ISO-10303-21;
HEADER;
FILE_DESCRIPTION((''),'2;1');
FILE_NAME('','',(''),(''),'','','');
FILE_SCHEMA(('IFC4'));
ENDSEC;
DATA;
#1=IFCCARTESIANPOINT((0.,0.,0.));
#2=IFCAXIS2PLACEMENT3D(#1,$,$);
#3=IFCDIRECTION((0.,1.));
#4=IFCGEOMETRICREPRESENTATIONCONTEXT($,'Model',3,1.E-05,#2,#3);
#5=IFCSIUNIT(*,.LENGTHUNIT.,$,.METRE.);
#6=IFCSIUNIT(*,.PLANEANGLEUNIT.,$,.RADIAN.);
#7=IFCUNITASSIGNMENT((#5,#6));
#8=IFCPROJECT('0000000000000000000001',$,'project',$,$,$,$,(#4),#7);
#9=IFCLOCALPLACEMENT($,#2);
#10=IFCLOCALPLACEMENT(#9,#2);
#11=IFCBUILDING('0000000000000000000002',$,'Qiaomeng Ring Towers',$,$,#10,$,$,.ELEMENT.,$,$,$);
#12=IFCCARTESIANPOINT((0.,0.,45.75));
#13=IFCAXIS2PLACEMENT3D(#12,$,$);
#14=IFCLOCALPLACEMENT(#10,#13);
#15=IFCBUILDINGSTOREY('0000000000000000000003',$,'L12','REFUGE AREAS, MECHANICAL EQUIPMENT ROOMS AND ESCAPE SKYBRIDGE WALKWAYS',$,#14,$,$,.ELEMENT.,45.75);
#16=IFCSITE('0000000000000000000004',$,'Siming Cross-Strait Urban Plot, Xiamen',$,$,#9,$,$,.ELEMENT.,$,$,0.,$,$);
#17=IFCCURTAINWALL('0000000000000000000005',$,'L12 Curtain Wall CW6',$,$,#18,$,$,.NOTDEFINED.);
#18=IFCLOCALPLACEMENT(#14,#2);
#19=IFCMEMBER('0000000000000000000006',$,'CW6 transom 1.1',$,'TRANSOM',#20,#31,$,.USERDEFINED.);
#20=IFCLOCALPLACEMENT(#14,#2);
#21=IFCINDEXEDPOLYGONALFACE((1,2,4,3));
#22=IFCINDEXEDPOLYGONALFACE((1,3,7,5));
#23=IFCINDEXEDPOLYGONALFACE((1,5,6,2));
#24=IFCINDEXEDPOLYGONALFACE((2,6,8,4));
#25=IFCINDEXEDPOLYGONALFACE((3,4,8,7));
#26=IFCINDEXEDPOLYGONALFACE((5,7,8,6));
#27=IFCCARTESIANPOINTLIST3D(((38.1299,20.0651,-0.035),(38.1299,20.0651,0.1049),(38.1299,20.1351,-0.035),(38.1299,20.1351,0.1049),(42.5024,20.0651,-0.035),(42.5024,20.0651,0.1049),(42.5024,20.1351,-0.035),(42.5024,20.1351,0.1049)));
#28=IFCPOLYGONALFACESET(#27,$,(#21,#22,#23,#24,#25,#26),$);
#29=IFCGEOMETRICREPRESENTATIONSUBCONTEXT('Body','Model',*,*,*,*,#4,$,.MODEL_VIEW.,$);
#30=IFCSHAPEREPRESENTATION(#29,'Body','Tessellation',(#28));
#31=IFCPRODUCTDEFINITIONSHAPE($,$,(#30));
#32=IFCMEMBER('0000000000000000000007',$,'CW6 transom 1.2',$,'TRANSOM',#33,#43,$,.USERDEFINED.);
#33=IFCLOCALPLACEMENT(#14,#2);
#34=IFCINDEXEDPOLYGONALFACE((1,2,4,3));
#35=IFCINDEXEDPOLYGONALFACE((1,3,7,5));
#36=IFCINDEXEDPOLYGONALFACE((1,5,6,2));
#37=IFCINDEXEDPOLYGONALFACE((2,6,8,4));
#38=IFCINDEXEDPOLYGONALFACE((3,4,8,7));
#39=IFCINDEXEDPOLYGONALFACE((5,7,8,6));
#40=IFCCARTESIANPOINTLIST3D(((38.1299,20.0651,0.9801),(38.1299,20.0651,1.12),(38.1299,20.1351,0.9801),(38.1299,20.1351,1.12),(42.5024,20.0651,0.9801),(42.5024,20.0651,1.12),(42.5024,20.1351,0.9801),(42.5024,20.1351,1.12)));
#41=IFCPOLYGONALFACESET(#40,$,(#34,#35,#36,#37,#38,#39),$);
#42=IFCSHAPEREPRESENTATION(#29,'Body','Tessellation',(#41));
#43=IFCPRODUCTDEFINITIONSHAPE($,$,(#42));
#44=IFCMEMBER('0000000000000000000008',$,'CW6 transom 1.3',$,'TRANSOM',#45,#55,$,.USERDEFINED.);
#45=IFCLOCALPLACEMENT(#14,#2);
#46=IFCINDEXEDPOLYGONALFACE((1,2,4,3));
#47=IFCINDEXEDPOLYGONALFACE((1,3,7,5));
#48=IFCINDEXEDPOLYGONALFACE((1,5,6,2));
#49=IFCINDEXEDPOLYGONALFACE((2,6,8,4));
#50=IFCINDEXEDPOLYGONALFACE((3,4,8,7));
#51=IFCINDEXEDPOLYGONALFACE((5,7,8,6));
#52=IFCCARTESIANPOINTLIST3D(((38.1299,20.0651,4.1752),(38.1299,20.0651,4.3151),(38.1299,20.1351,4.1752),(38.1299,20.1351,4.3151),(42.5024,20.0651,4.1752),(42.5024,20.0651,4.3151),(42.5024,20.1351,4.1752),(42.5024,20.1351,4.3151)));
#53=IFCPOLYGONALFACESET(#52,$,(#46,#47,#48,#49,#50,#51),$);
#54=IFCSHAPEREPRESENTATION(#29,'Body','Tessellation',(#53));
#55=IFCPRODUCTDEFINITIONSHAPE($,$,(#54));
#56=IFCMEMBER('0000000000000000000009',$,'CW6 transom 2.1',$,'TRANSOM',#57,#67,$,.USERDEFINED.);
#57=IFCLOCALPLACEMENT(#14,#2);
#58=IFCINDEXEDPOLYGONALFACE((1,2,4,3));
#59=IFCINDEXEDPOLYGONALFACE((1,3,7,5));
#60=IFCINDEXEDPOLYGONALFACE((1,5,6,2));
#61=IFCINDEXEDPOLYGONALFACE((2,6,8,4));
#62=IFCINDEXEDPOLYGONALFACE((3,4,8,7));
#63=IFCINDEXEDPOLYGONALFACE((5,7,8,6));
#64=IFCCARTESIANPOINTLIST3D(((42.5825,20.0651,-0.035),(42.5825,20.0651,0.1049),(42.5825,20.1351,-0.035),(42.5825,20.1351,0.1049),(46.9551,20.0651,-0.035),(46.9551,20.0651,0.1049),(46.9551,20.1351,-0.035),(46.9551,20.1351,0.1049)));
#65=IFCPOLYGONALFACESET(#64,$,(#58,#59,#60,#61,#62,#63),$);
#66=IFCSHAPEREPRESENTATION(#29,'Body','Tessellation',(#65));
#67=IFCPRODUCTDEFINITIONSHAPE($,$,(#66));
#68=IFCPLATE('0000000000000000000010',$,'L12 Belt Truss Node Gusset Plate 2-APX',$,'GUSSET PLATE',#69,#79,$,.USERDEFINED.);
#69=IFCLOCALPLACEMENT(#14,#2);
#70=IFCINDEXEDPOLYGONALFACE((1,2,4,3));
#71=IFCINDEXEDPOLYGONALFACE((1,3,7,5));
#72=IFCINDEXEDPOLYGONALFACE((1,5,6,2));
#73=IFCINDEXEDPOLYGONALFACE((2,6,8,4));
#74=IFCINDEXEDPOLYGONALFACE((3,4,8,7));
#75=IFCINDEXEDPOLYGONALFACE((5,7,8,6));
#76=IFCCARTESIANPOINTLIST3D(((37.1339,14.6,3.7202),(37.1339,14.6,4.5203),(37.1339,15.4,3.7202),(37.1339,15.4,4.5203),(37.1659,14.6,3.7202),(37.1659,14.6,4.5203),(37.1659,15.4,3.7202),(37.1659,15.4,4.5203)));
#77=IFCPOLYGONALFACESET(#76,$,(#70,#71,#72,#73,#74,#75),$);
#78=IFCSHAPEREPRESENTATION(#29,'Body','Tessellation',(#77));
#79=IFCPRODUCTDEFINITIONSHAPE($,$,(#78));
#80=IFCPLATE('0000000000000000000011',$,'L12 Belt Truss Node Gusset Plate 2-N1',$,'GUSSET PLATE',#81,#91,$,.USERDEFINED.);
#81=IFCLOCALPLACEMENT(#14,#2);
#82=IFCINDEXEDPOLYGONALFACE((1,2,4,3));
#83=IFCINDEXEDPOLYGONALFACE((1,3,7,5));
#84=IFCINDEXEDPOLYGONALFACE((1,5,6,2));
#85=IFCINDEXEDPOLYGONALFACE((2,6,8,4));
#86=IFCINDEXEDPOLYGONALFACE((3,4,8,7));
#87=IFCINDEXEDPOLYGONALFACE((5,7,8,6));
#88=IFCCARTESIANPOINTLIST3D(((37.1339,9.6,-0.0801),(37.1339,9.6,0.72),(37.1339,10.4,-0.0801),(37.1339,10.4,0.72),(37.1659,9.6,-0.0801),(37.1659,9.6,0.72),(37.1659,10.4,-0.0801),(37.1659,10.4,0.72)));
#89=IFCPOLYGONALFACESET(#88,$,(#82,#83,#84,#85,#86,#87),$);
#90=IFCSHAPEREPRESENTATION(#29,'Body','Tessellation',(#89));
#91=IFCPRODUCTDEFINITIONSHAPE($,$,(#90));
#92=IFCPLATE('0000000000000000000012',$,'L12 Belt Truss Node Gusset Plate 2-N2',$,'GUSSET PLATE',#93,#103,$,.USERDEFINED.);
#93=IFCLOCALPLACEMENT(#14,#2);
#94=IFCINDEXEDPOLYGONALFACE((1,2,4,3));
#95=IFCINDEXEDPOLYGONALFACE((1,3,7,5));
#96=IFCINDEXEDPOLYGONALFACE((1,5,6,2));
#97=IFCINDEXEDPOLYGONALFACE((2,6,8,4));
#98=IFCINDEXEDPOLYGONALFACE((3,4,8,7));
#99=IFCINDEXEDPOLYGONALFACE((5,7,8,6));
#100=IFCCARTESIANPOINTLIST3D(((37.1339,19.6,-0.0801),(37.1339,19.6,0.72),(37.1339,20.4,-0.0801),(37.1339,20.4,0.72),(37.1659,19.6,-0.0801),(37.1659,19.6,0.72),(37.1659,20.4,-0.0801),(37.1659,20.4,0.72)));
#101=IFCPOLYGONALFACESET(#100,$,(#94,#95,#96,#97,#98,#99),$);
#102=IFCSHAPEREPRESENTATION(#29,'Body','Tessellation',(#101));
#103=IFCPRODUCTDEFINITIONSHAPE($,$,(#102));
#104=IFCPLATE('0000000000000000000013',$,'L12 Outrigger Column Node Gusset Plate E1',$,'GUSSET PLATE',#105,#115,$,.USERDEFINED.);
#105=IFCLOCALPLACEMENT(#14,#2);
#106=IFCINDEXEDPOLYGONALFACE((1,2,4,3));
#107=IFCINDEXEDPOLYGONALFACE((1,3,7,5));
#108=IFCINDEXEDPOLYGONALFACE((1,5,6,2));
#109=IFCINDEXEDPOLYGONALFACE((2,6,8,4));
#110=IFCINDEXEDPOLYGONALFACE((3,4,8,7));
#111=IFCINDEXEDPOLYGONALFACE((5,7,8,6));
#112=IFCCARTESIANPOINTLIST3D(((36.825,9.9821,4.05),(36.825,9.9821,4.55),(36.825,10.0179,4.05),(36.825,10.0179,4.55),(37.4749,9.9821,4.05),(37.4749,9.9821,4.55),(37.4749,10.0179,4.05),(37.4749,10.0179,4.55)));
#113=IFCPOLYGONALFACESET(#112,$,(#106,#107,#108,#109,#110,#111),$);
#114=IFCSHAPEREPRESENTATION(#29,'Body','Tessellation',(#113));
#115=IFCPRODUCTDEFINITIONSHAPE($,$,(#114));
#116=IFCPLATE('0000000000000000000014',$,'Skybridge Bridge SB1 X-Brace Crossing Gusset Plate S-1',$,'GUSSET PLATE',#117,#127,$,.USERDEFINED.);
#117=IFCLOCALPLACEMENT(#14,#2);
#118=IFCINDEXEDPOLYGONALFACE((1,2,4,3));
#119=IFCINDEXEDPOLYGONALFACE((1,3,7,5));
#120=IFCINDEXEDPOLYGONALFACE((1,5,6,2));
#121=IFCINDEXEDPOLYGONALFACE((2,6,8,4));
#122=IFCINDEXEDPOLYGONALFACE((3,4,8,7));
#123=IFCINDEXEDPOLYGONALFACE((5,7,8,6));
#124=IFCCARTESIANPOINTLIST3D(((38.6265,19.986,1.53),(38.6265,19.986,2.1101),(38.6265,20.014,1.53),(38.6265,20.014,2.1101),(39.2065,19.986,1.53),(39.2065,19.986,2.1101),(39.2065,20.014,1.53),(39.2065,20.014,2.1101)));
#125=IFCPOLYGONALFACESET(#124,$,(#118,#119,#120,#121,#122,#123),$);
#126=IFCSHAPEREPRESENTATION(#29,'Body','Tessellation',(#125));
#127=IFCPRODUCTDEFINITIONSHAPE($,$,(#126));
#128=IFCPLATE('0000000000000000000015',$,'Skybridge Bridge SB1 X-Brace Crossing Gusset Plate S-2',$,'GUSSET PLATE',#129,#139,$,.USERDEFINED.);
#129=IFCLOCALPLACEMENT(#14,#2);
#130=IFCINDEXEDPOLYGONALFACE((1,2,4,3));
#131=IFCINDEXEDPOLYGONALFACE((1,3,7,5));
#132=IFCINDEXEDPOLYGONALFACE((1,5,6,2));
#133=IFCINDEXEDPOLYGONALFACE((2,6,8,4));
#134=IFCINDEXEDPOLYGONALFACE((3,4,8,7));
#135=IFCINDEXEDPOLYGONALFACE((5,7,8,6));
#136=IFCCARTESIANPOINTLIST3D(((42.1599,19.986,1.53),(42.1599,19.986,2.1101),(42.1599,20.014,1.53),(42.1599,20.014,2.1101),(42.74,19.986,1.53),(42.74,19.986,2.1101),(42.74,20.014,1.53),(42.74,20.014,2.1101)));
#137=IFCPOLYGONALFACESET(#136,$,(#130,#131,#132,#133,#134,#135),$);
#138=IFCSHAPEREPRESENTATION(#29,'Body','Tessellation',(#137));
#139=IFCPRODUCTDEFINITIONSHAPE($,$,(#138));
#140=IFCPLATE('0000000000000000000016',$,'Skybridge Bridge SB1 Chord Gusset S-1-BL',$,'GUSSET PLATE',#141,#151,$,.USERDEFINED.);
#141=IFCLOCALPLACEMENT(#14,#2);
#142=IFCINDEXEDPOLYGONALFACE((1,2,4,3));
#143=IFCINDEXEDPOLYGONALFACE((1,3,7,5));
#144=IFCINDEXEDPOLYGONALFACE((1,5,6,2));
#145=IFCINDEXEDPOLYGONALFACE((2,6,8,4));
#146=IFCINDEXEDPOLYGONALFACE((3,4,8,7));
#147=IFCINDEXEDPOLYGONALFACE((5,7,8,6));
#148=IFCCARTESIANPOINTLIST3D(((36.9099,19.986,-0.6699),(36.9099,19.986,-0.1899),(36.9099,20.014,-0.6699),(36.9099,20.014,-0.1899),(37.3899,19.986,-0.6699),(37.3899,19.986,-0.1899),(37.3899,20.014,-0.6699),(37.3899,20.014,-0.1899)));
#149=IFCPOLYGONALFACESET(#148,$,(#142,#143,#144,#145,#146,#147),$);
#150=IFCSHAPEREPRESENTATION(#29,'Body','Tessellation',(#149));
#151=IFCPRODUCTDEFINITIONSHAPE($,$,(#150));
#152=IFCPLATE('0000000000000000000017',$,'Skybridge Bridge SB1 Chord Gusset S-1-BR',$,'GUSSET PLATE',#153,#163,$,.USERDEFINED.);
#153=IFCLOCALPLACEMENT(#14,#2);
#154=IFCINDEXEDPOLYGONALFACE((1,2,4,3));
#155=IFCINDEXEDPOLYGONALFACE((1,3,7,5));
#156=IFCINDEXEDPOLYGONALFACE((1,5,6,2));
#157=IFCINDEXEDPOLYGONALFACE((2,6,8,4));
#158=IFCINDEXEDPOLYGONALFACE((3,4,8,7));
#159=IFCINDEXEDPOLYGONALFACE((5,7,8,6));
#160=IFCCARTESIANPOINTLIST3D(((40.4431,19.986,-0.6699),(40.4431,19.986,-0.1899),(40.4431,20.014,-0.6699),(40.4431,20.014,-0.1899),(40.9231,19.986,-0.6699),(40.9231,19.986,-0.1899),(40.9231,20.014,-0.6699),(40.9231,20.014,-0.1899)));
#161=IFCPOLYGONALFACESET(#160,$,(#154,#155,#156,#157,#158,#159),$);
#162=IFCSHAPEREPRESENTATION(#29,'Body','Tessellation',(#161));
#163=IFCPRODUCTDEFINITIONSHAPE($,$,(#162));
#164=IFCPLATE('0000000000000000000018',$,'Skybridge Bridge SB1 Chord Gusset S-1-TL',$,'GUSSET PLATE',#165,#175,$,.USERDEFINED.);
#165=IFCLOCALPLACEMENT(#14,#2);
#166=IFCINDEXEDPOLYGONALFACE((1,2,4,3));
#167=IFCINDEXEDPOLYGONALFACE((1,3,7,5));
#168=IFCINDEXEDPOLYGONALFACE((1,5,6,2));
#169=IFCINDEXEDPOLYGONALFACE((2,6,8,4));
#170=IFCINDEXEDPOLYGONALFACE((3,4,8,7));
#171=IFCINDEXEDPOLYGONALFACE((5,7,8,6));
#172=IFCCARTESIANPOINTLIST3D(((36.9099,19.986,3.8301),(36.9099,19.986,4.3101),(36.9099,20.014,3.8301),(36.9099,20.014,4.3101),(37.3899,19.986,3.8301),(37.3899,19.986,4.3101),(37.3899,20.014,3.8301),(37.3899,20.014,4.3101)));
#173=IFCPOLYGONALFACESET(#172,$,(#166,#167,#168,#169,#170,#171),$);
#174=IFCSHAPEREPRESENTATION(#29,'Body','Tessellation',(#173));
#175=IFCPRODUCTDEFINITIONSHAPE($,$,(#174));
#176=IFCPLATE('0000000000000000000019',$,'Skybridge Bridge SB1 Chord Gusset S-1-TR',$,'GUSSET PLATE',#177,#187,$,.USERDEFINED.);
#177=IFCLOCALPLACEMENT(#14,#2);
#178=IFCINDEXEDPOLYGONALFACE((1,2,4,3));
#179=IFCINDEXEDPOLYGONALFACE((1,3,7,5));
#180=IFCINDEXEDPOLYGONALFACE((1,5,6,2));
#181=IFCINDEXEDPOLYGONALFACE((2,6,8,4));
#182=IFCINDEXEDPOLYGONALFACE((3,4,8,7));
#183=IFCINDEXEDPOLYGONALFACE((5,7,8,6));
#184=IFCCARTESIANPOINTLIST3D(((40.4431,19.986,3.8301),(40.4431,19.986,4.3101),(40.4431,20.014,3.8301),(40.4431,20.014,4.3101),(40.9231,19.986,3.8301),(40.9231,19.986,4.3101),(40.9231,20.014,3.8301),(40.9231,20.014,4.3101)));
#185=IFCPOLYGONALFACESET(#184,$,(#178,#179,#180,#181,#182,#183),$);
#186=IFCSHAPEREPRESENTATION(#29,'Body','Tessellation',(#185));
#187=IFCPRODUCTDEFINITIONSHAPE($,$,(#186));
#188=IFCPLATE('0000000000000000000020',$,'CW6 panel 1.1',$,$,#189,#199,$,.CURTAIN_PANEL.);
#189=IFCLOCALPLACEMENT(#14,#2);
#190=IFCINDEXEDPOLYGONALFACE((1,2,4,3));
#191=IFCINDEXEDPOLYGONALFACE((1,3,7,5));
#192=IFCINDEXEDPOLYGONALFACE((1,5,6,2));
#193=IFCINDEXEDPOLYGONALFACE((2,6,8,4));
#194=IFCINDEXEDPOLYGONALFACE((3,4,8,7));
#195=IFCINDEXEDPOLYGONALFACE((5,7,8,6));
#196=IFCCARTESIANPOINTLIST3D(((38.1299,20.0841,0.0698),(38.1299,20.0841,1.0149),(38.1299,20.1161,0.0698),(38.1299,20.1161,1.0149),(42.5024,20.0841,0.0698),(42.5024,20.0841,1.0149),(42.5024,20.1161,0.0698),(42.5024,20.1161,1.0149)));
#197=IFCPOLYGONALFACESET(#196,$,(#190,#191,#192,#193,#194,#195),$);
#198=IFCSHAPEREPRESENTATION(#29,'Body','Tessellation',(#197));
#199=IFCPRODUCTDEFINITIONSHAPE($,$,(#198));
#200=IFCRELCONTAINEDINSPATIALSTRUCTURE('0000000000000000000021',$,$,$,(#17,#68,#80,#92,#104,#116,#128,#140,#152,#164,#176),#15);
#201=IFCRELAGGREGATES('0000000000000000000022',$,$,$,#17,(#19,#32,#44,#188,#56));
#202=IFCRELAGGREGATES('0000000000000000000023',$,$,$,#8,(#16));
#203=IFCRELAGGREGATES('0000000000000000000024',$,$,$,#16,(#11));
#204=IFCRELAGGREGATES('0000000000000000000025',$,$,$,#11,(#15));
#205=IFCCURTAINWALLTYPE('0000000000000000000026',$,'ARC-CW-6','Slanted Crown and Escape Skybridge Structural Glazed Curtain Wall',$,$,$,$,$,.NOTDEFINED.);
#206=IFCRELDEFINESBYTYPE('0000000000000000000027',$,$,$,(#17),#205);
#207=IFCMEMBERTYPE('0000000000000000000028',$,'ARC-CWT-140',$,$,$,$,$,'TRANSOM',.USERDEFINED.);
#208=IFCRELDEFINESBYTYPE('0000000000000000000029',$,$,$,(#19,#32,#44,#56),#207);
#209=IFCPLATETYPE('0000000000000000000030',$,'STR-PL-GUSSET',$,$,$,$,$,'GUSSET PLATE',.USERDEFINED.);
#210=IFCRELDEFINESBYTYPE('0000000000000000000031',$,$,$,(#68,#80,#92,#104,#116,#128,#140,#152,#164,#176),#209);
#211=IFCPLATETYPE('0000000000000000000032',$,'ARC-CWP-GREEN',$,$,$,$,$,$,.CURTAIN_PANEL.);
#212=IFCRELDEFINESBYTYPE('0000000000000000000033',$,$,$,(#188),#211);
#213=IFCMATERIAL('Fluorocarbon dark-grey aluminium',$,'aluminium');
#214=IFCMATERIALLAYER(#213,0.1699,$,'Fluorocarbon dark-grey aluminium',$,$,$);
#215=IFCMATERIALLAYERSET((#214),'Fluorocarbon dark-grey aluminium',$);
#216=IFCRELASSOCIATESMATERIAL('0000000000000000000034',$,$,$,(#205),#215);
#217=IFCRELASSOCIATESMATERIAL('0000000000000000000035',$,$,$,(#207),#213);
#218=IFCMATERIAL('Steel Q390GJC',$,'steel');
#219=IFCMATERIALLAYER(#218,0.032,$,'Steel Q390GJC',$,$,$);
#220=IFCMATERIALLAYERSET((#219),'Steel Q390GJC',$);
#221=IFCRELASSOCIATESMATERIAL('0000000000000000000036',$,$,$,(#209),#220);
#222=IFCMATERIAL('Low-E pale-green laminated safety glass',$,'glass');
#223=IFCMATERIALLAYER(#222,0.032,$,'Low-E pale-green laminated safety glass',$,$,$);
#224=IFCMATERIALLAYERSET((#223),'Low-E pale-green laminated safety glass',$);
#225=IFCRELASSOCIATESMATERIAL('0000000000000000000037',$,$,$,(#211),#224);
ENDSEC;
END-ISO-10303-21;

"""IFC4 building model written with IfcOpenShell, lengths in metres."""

from ifc_helpers import new_model, si_unit, direction, frame, origin, origin_2d, place, context, subcontext, project, spatial, rectangle, extrude, source, transform, mapped, material, layer, layer_set, material_profile, profile_set, type_object, element, aggregate, save


model = new_model("IFC4")

# Units and contexts
model_context = context("Model", 3, precision=1e-05, world=origin(), true_north=direction((0.0, 1.0)))
body_context = subcontext(model_context, "Body", "Model", "MODEL_VIEW")
ifc_project = project(units=[si_unit("LENGTHUNIT", "METRE"), si_unit("PLANEANGLEUNIT", "RADIAN")], contexts=[model_context])

# Site, building, storey
site_placement = place(None, origin())
site = spatial("IfcSite", under=ifc_project, at=site_placement, Name="Siming Cross-Strait Urban Plot, Xiamen", CompositionType="ELEMENT", RefElevation=0.0)
building_placement = place(site_placement, origin())
building = spatial("IfcBuilding", under=site, at=building_placement, Name="Qiaomeng Ring Towers", CompositionType="ELEMENT")
storey_placement = place(building_placement, frame((0.0, 0.0, 45.75)))
storey = spatial("IfcBuildingStorey", under=building, at=storey_placement, Name="L12", Description="REFUGE AREAS, MECHANICAL EQUIPMENT ROOMS AND ESCAPE SKYBRIDGE WALKWAYS", CompositionType="ELEMENT", Elevation=45.75)

# Shared definitions
ifc_material_1 = material(Name="Steel Q390GJC", Category="steel")

# Curtain wall, members
ifc_material_2 = material(Name="Fluorocarbon dark-grey aluminium", Category="aluminium")
ifc_layer_1 = layer(ifc_material_2, 0.1699, Name="Fluorocarbon dark-grey aluminium")
ifc_layer_set_1 = layer_set([ifc_layer_1], Name="Fluorocarbon dark-grey aluminium")
curtain_wall_type = type_object("IfcCurtainWallType", Name="ARC-CW-6", Description="Slanted Crown and Escape Skybridge Structural Glazed Curtain Wall", PredefinedType="NOTDEFINED", material=ifc_layer_set_1)
curtain_wall_placement = place(storey_placement, origin())
curtain_wall = element("IfcCurtainWall", 1, at=curtain_wall_placement, inside=storey, type_object=curtain_wall_type, Name="L12 Curtain Wall CW6", PredefinedType="NOTDEFINED")
ifc_material_profile_1 = material_profile(ifc_material_2, rectangle(XDim=0.0701, YDim=0.1399, at=origin_2d()), Name="ALU TRAN 70x140")
ifc_profile_set_1 = profile_set([ifc_material_profile_1], Name="Fluorocarbon dark-grey aluminium")
member_type_1 = type_object("IfcMemberType", Name="ARC-CWT-140", ElementType="TRANSOM", PredefinedType="USERDEFINED", material=ifc_profile_set_1)
shared_shape_1 = source(origin(), body_context, "Body", "SweptSolid", [
    extrude(rectangle(XDim=0.0701, YDim=0.1399, at=origin_2d()), origin(), (0.0, 0.0, 1.0), 4.3726),
])
member_1_placement = place(storey_placement, frame((38.1299, 20.1001, 0.0349), z_axis=(1.0, 0.0, 0.0), x_axis=(0.0, 1.0, 0.0)))
member_1 = element("IfcMember", 2, at=member_1_placement, type_object=member_type_1, Name="CW6 transom 1.1", ObjectType="TRANSOM", PredefinedType="USERDEFINED", context=body_context, shape_type="MappedRepresentation", body=[
    mapped(shared_shape_1, transform((0.0, 0.0, 0.0), x_axis=(1.0, 0.0, 0.0), y_axis=(0.0, 1.0, 0.0), z_axis=(0.0, 0.0, 1.0), scale=1.0)),
])
member_2_placement = place(storey_placement, frame((38.1299, 20.1001, 1.05), z_axis=(1.0, 0.0, 0.0), x_axis=(0.0, 1.0, 0.0)))
member_2 = element("IfcMember", 3, at=member_2_placement, type_object=member_type_1, Name="CW6 transom 1.2", ObjectType="TRANSOM", PredefinedType="USERDEFINED", context=body_context, shape_type="MappedRepresentation", body=[
    mapped(shared_shape_1, transform((0.0, 0.0, 0.0), x_axis=(1.0, 0.0, 0.0), y_axis=(0.0, 1.0, 0.0), z_axis=(0.0, 0.0, 1.0), scale=1.0)),
])
member_3_placement = place(storey_placement, frame((38.1299, 20.1001, 4.2451), z_axis=(1.0, 0.0, 0.0), x_axis=(0.0, 1.0, 0.0)))
member_3 = element("IfcMember", 4, at=member_3_placement, type_object=member_type_1, Name="CW6 transom 1.3", ObjectType="TRANSOM", PredefinedType="USERDEFINED", context=body_context, shape_type="MappedRepresentation", body=[
    mapped(shared_shape_1, transform((0.0, 0.0, 0.0), x_axis=(1.0, 0.0, 0.0), y_axis=(0.0, 1.0, 0.0), z_axis=(0.0, 0.0, 1.0), scale=1.0)),
])
member_4_placement = place(storey_placement, frame((42.5825, 20.1001, 0.0349), z_axis=(1.0, 0.0, 0.0), x_axis=(0.0, 1.0, 0.0)))
member_4 = element("IfcMember", 5, at=member_4_placement, type_object=member_type_1, Name="CW6 transom 2.1", ObjectType="TRANSOM", PredefinedType="USERDEFINED", context=body_context, shape_type="MappedRepresentation", body=[
    mapped(shared_shape_1, transform((0.0, 0.0, 0.0), x_axis=(1.0, 0.0, 0.0), y_axis=(0.0, 1.0, 0.0), z_axis=(0.0, 0.0, 1.0), scale=1.0)),
])

# Plates
ifc_layer_2 = layer(ifc_material_1, 0.032, Name="Steel Q390GJC")
ifc_layer_set_2 = layer_set([ifc_layer_2], Name="Steel Q390GJC")
plate_type_1 = type_object("IfcPlateType", Name="STR-PL-GUSSET", ElementType="GUSSET PLATE", PredefinedType="USERDEFINED", material=ifc_layer_set_2)
shared_shape_2 = source(origin(), body_context, "Body", "SweptSolid", [
    extrude(rectangle(XDim=0.8, YDim=0.032, at=origin_2d()), origin(), (0.0, 0.0, 1.0), 0.8),
])
for number, where, z_axis, x_axis, name in (
    (6, (37.1499, 15.0, 3.7202), (0.0, 0.0, 1.0), (0.0, 1.0, 0.0), "L12 Belt Truss Node Gusset Plate 2-APX"),
    (7, (37.1499, 10.0, -0.0801), (0.0, 0.0, 1.0), (0.0, 1.0, 0.0), "L12 Belt Truss Node Gusset Plate 2-N1"),
    (8, (37.1499, 20.0, -0.0801), (0.0, 0.0, 1.0), (0.0, 1.0, 0.0), "L12 Belt Truss Node Gusset Plate 2-N2"),
):
    element("IfcPlate", number, at=place(storey_placement, frame(where, z_axis=z_axis, x_axis=x_axis)), inside=storey, type_object=plate_type_1, Name=name, ObjectType="GUSSET PLATE", PredefinedType="USERDEFINED", context=body_context, shape_type="MappedRepresentation", body=[
        mapped(shared_shape_2, transform((0.0, 0.0, 0.0), x_axis=(1.0, 0.0, 0.0), y_axis=(0.0, 1.0, 0.0), z_axis=(0.0, 0.0, 1.0), scale=1.0)),
    ])
shared_shape_3 = source(origin(), body_context, "Body", "SweptSolid", [
    extrude(rectangle(XDim=0.6499, YDim=0.0359, at=origin_2d()), origin(), (0.0, 0.0, 1.0), 0.5),
])
plate_1_placement = place(storey_placement, frame((37.1499, 10.0, 4.05), z_axis=(0.0, 0.0, 1.0), x_axis=(1.0, 0.0, 0.0)))
element("IfcPlate", 9, at=plate_1_placement, inside=storey, type_object=plate_type_1, Name="L12 Outrigger Column Node Gusset Plate E1", ObjectType="GUSSET PLATE", PredefinedType="USERDEFINED", context=body_context, shape_type="MappedRepresentation", body=[
    mapped(shared_shape_3, transform((0.0, 0.0, 0.0), x_axis=(1.0, 0.0, 0.0), y_axis=(0.0, 1.0, 0.0), z_axis=(0.0, 0.0, 1.0), scale=1.0)),
])
shared_shape_4 = source(origin(), body_context, "Body", "SweptSolid", [
    extrude(rectangle(XDim=0.5801, YDim=0.0281, at=origin_2d()), origin(), (0.0, 0.0, 1.0), 0.5801),
])
for number, where, z_axis, x_axis, name in (
    (10, (38.9165, 20.0, 1.53), (0.0, 0.0, 1.0), (1.0, 0.0, 0.0), "Skybridge Bridge SB1 X-Brace Crossing Gusset Plate S-1"),
    (11, (42.45, 20.0, 1.53), (0.0, 0.0, 1.0), (1.0, 0.0, 0.0), "Skybridge Bridge SB1 X-Brace Crossing Gusset Plate S-2"),
):
    element("IfcPlate", number, at=place(storey_placement, frame(where, z_axis=z_axis, x_axis=x_axis)), inside=storey, type_object=plate_type_1, Name=name, ObjectType="GUSSET PLATE", PredefinedType="USERDEFINED", context=body_context, shape_type="MappedRepresentation", body=[
        mapped(shared_shape_4, transform((0.0, 0.0, 0.0), x_axis=(1.0, 0.0, 0.0), y_axis=(0.0, 1.0, 0.0), z_axis=(0.0, 0.0, 1.0), scale=1.0)),
    ])
shared_shape_5 = source(origin(), body_context, "Body", "SweptSolid", [
    extrude(rectangle(XDim=0.48, YDim=0.0281, at=origin_2d()), origin(), (0.0, 0.0, 1.0), 0.48),
])
for number, where, z_axis, x_axis, name in (
    (12, (37.1499, 20.0, -0.6699), (0.0, 0.0, 1.0), (1.0, 0.0, 0.0), "Skybridge Bridge SB1 Chord Gusset S-1-BL"),
    (13, (40.6831, 20.0, -0.6699), (0.0, 0.0, 1.0), (1.0, 0.0, 0.0), "Skybridge Bridge SB1 Chord Gusset S-1-BR"),
    (14, (37.1499, 20.0, 3.8301), (0.0, 0.0, 1.0), (1.0, 0.0, 0.0), "Skybridge Bridge SB1 Chord Gusset S-1-TL"),
    (15, (40.6831, 20.0, 3.8301), (0.0, 0.0, 1.0), (1.0, 0.0, 0.0), "Skybridge Bridge SB1 Chord Gusset S-1-TR"),
):
    element("IfcPlate", number, at=place(storey_placement, frame(where, z_axis=z_axis, x_axis=x_axis)), inside=storey, type_object=plate_type_1, Name=name, ObjectType="GUSSET PLATE", PredefinedType="USERDEFINED", context=body_context, shape_type="MappedRepresentation", body=[
        mapped(shared_shape_5, transform((0.0, 0.0, 0.0), x_axis=(1.0, 0.0, 0.0), y_axis=(0.0, 1.0, 0.0), z_axis=(0.0, 0.0, 1.0), scale=1.0)),
    ])

# Plate
ifc_material_3 = material(Name="Low-E pale-green laminated safety glass", Category="glass")
ifc_layer_3 = layer(ifc_material_3, 0.032, Name="Low-E pale-green laminated safety glass")
ifc_layer_set_3 = layer_set([ifc_layer_3], Name="Low-E pale-green laminated safety glass")
plate_type_2 = type_object("IfcPlateType", Name="ARC-CWP-GREEN", PredefinedType="CURTAIN_PANEL", material=ifc_layer_set_3)
shared_shape_6 = source(origin(), body_context, "Body", "SweptSolid", [
    extrude(rectangle(XDim=4.3726, YDim=0.032, at=origin_2d()), origin(), (0.0, 0.0, 1.0), 0.9451),
])
plate_2_placement = place(storey_placement, frame((40.3162, 20.1001, 0.0698), z_axis=(0.0, 0.0, 1.0), x_axis=(1.0, 0.0, 0.0)))
plate_2 = element("IfcPlate", 16, at=plate_2_placement, type_object=plate_type_2, Name="CW6 panel 1.1", PredefinedType="CURTAIN_PANEL", context=body_context, shape_type="MappedRepresentation", body=[
    mapped(shared_shape_6, transform((0.0, 0.0, 0.0), x_axis=(1.0, 0.0, 0.0), y_axis=(0.0, 1.0, 0.0), z_axis=(0.0, 0.0, 1.0), scale=1.0)),
])
aggregate(curtain_wall, [member_1, member_2, member_3, plate_2, member_4])

save(model, "model.ifc")
